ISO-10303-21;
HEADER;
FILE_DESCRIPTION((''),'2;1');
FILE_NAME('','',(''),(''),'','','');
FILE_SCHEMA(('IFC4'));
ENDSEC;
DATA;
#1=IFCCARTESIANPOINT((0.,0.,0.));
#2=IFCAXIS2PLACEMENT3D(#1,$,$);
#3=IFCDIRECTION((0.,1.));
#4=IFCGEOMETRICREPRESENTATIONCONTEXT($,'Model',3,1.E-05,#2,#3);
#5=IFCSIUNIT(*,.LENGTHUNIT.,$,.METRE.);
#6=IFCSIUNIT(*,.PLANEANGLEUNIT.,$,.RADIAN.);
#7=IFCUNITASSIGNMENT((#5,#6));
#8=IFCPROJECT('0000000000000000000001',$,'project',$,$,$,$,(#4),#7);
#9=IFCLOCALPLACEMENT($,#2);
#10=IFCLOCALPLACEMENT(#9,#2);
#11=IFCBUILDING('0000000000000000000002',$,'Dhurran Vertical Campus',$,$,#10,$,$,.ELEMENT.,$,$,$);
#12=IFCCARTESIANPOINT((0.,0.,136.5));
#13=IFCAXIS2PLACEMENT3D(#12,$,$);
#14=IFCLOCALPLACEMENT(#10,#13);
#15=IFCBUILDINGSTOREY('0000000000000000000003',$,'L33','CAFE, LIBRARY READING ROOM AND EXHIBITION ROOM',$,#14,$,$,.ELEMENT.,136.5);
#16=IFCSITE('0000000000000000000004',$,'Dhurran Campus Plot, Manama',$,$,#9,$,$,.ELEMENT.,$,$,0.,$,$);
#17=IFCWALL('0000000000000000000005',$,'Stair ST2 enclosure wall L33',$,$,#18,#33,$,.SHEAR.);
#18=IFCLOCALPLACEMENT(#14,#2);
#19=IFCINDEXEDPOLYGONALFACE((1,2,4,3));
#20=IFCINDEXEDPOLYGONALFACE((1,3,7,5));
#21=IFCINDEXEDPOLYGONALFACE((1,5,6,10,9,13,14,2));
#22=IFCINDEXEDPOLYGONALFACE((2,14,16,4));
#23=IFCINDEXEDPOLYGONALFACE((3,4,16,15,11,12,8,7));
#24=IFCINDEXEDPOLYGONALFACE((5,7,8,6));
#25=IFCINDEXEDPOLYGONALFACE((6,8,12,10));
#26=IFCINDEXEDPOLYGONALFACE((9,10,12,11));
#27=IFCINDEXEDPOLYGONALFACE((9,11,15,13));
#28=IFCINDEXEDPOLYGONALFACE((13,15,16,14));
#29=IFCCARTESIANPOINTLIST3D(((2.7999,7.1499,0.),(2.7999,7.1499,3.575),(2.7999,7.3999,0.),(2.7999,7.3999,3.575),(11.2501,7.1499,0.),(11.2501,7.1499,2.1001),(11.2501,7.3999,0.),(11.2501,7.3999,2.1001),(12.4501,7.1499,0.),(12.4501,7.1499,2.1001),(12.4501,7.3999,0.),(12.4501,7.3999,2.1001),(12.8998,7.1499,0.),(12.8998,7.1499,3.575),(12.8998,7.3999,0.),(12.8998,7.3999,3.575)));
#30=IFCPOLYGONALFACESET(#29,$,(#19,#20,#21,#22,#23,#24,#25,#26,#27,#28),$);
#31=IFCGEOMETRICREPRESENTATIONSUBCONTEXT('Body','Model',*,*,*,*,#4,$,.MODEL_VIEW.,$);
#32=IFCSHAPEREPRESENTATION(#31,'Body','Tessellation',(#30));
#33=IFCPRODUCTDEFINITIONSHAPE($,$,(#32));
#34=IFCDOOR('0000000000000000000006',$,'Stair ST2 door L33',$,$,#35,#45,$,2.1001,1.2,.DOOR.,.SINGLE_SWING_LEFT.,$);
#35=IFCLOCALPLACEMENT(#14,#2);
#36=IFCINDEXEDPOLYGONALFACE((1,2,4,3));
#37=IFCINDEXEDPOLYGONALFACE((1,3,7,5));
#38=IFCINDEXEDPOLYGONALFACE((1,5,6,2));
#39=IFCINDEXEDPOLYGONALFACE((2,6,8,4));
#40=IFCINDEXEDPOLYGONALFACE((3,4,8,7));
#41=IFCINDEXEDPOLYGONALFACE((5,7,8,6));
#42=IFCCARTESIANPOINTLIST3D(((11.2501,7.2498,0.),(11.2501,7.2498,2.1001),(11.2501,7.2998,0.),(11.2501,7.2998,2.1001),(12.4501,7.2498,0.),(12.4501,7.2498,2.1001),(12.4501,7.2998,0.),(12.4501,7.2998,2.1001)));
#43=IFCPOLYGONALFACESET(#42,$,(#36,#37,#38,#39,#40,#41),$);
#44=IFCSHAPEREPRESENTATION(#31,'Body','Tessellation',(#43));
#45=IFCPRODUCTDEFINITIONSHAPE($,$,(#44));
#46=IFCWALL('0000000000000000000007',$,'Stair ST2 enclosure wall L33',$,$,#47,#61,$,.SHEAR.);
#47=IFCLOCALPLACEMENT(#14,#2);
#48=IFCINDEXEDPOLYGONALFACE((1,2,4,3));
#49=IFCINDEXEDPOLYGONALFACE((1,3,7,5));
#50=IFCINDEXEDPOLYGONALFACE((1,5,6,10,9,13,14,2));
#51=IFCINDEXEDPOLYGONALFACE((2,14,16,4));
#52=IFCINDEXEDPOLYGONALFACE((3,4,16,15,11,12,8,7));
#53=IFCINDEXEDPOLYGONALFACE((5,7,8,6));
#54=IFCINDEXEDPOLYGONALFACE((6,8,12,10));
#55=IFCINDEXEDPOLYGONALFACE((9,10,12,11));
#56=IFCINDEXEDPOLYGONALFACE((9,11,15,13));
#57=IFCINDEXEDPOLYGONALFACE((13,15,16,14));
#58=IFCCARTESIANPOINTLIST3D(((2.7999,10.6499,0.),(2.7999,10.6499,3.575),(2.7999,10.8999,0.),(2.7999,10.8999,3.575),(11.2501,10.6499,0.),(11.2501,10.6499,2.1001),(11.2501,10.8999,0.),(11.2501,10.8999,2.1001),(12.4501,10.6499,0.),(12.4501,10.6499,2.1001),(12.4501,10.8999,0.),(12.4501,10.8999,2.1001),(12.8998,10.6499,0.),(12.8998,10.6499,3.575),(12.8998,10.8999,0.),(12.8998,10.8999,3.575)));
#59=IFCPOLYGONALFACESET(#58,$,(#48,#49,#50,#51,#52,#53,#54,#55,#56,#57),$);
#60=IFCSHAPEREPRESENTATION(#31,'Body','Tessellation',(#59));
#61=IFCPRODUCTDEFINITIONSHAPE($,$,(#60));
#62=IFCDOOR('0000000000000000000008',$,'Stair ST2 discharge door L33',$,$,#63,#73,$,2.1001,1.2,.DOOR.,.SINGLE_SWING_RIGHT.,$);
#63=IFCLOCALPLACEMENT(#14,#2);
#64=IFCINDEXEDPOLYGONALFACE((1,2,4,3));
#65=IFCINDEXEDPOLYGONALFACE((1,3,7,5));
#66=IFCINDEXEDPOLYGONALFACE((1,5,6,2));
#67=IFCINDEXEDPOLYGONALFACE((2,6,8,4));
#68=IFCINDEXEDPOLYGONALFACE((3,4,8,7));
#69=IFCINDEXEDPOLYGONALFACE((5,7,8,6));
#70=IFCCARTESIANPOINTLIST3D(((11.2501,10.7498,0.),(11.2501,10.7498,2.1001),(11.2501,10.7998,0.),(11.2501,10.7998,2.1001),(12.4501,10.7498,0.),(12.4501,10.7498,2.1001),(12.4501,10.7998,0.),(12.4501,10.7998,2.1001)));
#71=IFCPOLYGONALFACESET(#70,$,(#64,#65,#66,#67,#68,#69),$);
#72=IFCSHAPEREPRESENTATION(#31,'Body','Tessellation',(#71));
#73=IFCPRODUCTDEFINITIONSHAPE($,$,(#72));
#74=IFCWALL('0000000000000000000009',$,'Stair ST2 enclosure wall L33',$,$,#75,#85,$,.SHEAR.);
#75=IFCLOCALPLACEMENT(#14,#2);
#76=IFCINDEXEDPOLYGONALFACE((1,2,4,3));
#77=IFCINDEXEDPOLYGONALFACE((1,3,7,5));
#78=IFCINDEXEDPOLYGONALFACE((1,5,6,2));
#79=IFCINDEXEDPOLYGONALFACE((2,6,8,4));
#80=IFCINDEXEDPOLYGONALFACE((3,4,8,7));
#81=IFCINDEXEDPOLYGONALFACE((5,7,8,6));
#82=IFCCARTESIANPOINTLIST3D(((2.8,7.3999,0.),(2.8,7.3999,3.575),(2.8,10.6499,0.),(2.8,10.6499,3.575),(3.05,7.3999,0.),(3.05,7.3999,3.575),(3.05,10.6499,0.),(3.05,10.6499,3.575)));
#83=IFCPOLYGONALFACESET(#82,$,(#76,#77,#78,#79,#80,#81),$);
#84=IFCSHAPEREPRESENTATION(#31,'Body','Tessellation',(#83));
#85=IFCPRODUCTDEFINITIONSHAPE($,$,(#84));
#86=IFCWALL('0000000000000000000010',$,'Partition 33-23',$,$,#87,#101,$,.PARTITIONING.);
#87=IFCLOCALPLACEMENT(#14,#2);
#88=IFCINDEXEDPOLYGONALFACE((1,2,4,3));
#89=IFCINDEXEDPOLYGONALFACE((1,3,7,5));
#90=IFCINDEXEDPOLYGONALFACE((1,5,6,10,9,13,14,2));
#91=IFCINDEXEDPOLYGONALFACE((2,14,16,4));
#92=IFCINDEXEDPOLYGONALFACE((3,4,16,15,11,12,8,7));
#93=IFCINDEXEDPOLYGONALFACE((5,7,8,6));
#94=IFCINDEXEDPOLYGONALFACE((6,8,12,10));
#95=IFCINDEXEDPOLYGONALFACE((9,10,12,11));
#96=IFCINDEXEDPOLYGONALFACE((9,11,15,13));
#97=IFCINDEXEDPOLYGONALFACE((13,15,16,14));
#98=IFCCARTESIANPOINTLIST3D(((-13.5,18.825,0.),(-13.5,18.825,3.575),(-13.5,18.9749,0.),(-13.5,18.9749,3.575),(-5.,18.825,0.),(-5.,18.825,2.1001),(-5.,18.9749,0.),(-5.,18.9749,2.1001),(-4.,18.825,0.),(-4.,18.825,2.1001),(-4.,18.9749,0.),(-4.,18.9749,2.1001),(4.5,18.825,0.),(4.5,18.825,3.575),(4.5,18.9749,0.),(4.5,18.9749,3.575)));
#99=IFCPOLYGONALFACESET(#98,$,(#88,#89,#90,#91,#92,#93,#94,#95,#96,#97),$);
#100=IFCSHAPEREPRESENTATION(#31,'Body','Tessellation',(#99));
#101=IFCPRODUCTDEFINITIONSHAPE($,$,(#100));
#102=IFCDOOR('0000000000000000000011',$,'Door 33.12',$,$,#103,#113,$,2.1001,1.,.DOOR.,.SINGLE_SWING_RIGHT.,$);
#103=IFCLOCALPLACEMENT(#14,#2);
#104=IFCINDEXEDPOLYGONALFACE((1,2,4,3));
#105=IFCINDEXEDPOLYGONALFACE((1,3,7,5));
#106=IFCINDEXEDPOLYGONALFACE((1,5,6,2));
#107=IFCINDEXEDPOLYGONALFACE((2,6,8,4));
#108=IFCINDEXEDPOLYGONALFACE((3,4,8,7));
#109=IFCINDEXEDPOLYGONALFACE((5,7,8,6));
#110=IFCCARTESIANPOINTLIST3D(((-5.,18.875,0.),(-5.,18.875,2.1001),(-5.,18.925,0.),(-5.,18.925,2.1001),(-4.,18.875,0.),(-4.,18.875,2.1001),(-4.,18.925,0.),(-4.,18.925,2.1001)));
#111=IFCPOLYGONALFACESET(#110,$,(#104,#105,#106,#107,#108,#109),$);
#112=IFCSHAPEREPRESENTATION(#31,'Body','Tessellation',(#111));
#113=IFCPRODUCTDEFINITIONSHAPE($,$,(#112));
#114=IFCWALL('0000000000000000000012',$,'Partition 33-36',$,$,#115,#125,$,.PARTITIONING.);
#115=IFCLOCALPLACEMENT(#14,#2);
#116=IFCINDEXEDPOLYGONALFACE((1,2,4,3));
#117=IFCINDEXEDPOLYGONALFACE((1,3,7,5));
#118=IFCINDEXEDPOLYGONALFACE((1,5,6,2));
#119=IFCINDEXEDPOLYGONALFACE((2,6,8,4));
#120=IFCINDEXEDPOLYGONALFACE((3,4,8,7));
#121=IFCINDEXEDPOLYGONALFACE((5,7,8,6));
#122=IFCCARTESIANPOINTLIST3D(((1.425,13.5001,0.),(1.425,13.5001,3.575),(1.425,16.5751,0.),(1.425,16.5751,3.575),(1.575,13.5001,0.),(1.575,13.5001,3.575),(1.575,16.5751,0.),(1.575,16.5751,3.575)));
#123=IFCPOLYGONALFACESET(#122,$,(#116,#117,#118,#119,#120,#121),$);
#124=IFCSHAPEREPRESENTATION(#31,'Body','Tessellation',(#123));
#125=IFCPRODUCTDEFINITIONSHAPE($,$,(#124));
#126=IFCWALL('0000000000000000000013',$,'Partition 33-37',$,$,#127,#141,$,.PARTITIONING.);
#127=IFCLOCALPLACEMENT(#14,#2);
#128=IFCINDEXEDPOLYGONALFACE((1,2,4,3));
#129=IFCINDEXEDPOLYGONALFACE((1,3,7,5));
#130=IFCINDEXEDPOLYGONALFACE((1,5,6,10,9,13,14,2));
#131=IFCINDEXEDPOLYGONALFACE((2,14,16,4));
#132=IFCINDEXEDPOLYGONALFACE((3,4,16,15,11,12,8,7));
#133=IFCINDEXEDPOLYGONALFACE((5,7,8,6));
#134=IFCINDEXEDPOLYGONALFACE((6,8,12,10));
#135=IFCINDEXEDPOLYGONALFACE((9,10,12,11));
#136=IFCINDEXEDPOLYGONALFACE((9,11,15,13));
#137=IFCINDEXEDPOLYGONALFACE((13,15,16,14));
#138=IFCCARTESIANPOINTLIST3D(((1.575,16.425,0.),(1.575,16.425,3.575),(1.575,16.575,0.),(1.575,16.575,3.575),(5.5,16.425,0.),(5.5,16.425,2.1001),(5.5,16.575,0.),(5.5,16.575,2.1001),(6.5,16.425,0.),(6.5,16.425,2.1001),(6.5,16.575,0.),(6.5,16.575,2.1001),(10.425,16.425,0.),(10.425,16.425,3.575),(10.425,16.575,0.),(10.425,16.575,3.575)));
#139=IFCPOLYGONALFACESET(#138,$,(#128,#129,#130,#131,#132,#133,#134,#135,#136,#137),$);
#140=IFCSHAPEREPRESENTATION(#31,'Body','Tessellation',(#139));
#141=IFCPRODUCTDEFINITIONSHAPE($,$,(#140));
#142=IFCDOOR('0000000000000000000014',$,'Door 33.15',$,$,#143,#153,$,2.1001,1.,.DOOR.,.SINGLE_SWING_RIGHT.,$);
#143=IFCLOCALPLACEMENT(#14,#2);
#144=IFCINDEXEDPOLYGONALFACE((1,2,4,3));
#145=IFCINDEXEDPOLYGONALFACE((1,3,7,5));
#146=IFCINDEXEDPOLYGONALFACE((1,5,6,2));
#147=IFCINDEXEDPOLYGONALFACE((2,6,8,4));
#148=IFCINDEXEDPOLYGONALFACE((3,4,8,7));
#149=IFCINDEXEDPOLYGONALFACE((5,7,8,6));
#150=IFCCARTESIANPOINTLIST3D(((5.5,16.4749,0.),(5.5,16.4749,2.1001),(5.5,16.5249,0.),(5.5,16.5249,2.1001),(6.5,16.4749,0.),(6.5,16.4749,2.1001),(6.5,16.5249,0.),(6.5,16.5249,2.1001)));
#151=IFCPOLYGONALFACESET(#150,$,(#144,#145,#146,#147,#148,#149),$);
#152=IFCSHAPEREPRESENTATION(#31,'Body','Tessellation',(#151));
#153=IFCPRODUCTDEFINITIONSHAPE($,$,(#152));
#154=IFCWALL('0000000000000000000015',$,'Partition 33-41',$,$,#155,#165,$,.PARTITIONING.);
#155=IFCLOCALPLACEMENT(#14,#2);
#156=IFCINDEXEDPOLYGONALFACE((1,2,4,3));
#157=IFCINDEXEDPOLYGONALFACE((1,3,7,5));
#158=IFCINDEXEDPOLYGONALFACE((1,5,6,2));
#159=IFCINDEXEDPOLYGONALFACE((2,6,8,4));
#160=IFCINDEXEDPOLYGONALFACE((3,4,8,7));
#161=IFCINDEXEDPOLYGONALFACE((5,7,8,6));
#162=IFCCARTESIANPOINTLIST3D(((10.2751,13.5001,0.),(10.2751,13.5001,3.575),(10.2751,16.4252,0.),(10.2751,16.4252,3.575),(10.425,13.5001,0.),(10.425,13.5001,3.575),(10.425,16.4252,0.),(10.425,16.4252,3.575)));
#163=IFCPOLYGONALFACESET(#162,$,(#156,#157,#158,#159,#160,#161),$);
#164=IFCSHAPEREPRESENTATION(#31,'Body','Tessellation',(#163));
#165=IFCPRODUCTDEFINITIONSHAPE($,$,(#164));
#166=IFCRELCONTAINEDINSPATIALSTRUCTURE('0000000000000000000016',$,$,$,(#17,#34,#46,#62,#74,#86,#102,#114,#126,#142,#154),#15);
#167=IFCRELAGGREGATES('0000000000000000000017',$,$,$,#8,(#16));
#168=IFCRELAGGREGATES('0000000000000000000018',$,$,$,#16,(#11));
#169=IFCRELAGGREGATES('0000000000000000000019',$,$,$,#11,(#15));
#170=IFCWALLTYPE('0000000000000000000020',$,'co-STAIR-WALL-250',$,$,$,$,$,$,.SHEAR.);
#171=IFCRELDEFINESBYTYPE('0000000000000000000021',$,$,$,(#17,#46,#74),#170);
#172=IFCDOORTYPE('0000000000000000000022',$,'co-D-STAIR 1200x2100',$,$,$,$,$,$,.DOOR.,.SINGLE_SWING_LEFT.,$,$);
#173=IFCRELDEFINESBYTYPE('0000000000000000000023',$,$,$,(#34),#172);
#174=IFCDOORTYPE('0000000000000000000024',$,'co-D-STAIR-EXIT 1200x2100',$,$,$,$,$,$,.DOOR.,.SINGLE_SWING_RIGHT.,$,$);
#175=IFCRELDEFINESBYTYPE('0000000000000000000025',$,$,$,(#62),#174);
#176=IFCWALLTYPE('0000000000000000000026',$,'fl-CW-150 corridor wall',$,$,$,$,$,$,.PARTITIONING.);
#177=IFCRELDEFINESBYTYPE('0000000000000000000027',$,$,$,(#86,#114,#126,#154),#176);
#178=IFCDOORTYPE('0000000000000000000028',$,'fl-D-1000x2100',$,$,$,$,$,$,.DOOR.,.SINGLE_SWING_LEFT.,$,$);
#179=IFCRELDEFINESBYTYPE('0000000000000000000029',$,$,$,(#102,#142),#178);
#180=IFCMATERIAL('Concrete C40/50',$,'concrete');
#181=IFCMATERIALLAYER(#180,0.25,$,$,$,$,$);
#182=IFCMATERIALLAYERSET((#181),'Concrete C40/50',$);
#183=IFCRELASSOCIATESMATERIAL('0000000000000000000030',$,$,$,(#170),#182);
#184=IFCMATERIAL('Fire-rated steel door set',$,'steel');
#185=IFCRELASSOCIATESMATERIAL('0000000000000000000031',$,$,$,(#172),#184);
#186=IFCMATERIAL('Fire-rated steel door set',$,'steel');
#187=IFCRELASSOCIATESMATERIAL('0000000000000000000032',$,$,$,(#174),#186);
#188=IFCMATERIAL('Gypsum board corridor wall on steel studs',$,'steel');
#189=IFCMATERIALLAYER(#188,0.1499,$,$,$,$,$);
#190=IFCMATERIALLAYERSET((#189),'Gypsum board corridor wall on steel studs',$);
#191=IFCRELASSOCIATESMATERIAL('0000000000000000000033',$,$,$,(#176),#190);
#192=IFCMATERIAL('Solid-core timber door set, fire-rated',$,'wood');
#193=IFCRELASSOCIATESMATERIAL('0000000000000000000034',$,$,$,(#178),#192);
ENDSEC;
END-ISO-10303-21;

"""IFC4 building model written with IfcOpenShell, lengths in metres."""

from ifc_helpers import new_model, si_unit, direction, frame, frame_2d, origin, place, context, subcontext, project, spatial, rectangle, extrude, material, layer, layer_set, type_object, element, fill, save


model = new_model("IFC4")

# Units and contexts
model_context = context("Model", 3, precision=1e-05, world=origin(), true_north=direction((0.0, 1.0)))
body_context = subcontext(model_context, "Body", "Model", "MODEL_VIEW")
ifc_project = project(units=[si_unit("LENGTHUNIT", "METRE"), si_unit("PLANEANGLEUNIT", "RADIAN")], contexts=[model_context])

# Site, building, storey
site_placement = place(None, origin())
site = spatial("IfcSite", under=ifc_project, at=site_placement, Name="Dhurran Campus Plot, Manama", CompositionType="ELEMENT", RefElevation=0.0)
building_placement = place(site_placement, origin())
building = spatial("IfcBuilding", under=site, at=building_placement, Name="Dhurran Vertical Campus", CompositionType="ELEMENT")
storey_placement = place(building_placement, frame((0.0, 0.0, 136.5)))
storey = spatial("IfcBuildingStorey", under=building, at=storey_placement, Name="L33", Description="CAFE, LIBRARY READING ROOM AND EXHIBITION ROOM", CompositionType="ELEMENT", Elevation=136.5)

# Walls, openings, doors
ifc_material_1 = material(Name="Concrete C40/50", Category="concrete")
ifc_layer_1 = layer(ifc_material_1, 0.25)
ifc_layer_set_1 = layer_set([ifc_layer_1], Name="Concrete C40/50")
wall_type_1 = type_object("IfcWallType", Name="co-STAIR-WALL-250", PredefinedType="SHEAR", material=ifc_layer_set_1)
wall_1_placement = place(storey_placement, frame((2.8, 7.2749, 0.0), z_axis=(0.0, 0.0, 1.0), x_axis=(1.0, 0.0, 0.0)))
wall_1 = element("IfcWall", 1, at=wall_1_placement, inside=storey, type_object=wall_type_1, Name="Stair ST2 enclosure wall L33", PredefinedType="SHEAR", context=body_context, shape_type="SweptSolid", body=[
    extrude(rectangle(XDim=10.0999, YDim=0.25, at=frame_2d((5.0498, 0.0))), origin(), (0.0, 0.0, 1.0), 3.575),
])
opening_1_placement = place(wall_1_placement, frame((8.45, 0.0, 0.0)))
opening_1 = element("IfcOpeningElement", 2, at=opening_1_placement, cuts=wall_1, PredefinedType="OPENING", context=body_context, shape_type="SweptSolid", body=[
    extrude(rectangle(XDim=1.2, YDim=2.1001, at=frame_2d((0.6001, 1.05))), frame((0.0, 0.135, 0.0), z_axis=(0.0, -1.0, 0.0), x_axis=(1.0, 0.0, 0.0)), (0.0, 0.0, 1.0), 0.27),
])
ifc_material_2 = material(Name="Fire-rated steel door set", Category="steel")
door_type_1 = type_object("IfcDoorType", Name="co-D-STAIR 1200x2100", OperationType="SINGLE_SWING_LEFT", PredefinedType="DOOR", material=ifc_material_2)
door_1_placement = place(opening_1_placement, origin())
door_1 = element("IfcDoor", 3, at=door_1_placement, inside=storey, type_object=door_type_1, Name="Stair ST2 door L33", OperationType="SINGLE_SWING_LEFT", OverallHeight=2.1001, OverallWidth=1.2, PredefinedType="DOOR", context=body_context, shape_type="SweptSolid", body=[
    extrude(rectangle(XDim=1.2, YDim=2.1001, at=frame_2d((0.6001, 1.05))), frame((0.0, 0.0249, 0.0), z_axis=(0.0, -1.0, 0.0), x_axis=(1.0, 0.0, 0.0)), (0.0, 0.0, 1.0), 0.05),
])
fill(opening_1, door_1)
wall_2_placement = place(storey_placement, frame((2.8, 10.7749, 0.0), z_axis=(0.0, 0.0, 1.0), x_axis=(1.0, 0.0, 0.0)))
wall_2 = element("IfcWall", 4, at=wall_2_placement, inside=storey, type_object=wall_type_1, Name="Stair ST2 enclosure wall L33", PredefinedType="SHEAR", context=body_context, shape_type="SweptSolid", body=[
    extrude(rectangle(XDim=10.0999, YDim=0.25, at=frame_2d((5.0498, 0.0))), origin(), (0.0, 0.0, 1.0), 3.575),
])
opening_2_placement = place(wall_2_placement, frame((8.45, 0.0, 0.0)))
opening_2 = element("IfcOpeningElement", 5, at=opening_2_placement, cuts=wall_2, PredefinedType="OPENING", context=body_context, shape_type="SweptSolid", body=[
    extrude(rectangle(XDim=1.2, YDim=2.1001, at=frame_2d((0.6001, 1.05))), frame((0.0, 0.135, 0.0), z_axis=(0.0, -1.0, 0.0), x_axis=(1.0, 0.0, 0.0)), (0.0, 0.0, 1.0), 0.27),
])
ifc_material_3 = material(Name="Fire-rated steel door set", Category="steel")
door_type_2 = type_object("IfcDoorType", Name="co-D-STAIR-EXIT 1200x2100", OperationType="SINGLE_SWING_RIGHT", PredefinedType="DOOR", material=ifc_material_3)
door_2_placement = place(opening_2_placement, origin())
door_2 = element("IfcDoor", 6, at=door_2_placement, inside=storey, type_object=door_type_2, Name="Stair ST2 discharge door L33", OperationType="SINGLE_SWING_RIGHT", OverallHeight=2.1001, OverallWidth=1.2, PredefinedType="DOOR", context=body_context, shape_type="SweptSolid", body=[
    extrude(rectangle(XDim=1.2, YDim=2.1001, at=frame_2d((0.6001, 1.05))), frame((0.0, 0.0249, 0.0), z_axis=(0.0, -1.0, 0.0), x_axis=(1.0, 0.0, 0.0)), (0.0, 0.0, 1.0), 0.05),
])
fill(opening_2, door_2)

# Wall
wall_3_placement = place(storey_placement, frame((2.925, 7.3999, 0.0), z_axis=(0.0, 0.0, 1.0), x_axis=(0.0, 1.0, 0.0)))
element("IfcWall", 7, at=wall_3_placement, inside=storey, type_object=wall_type_1, Name="Stair ST2 enclosure wall L33", PredefinedType="SHEAR", context=body_context, shape_type="SweptSolid", body=[
    extrude(rectangle(XDim=3.25, YDim=0.25, at=frame_2d((1.625, 0.0))), origin(), (0.0, 0.0, 1.0), 3.575),
])

# Wall, opening, door
ifc_material_4 = material(Name="Gypsum board corridor wall on steel studs", Category="steel")
ifc_layer_2 = layer(ifc_material_4, 0.1499)
ifc_layer_set_2 = layer_set([ifc_layer_2], Name="Gypsum board corridor wall on steel studs")
wall_type_2 = type_object("IfcWallType", Name="fl-CW-150 corridor wall", PredefinedType="PARTITIONING", material=ifc_layer_set_2)
wall_4_placement = place(storey_placement, frame((4.5, 18.8999, 0.0), z_axis=(0.0, 0.0, 1.0), x_axis=(-1.0, 0.0, 0.0)))
wall_4 = element("IfcWall", 8, at=wall_4_placement, inside=storey, type_object=wall_type_2, Name="Partition 33-23", PredefinedType="PARTITIONING", context=body_context, shape_type="SweptSolid", body=[
    extrude(rectangle(XDim=18.0, YDim=0.1499, at=frame_2d((9.0, 0.0))), origin(), (0.0, 0.0, 1.0), 3.575),
])
opening_3_placement = place(wall_4_placement, frame((8.5, 0.0, 0.0)))
opening_3 = element("IfcOpeningElement", 9, at=opening_3_placement, cuts=wall_4, PredefinedType="OPENING", context=body_context, shape_type="SweptSolid", body=[
    extrude(rectangle(XDim=1.0, YDim=2.1001, at=frame_2d((0.5, 1.05))), frame((0.0, 0.085, 0.0), z_axis=(0.0, -1.0, 0.0), x_axis=(1.0, 0.0, 0.0)), (0.0, 0.0, 1.0), 0.1699),
])
ifc_material_5 = material(Name="Solid-core timber door set, fire-rated", Category="wood")
door_type_3 = type_object("IfcDoorType", Name="fl-D-1000x2100", OperationType="SINGLE_SWING_LEFT", PredefinedType="DOOR", material=ifc_material_5)
door_3_placement = place(opening_3_placement, origin())
door_3 = element("IfcDoor", 10, at=door_3_placement, inside=storey, type_object=door_type_3, Name="Door 33.12", OperationType="SINGLE_SWING_RIGHT", OverallHeight=2.1001, OverallWidth=1.0, PredefinedType="DOOR", context=body_context, shape_type="SweptSolid", body=[
    extrude(rectangle(XDim=1.0, YDim=2.1001, at=frame_2d((0.5, 1.05))), frame((0.0, 0.0249, 0.0), z_axis=(0.0, -1.0, 0.0), x_axis=(1.0, 0.0, 0.0)), (0.0, 0.0, 1.0), 0.05),
])
fill(opening_3, door_3)

# Wall
wall_5_placement = place(storey_placement, frame((1.5, 13.5, 0.0), z_axis=(0.0, 0.0, 1.0), x_axis=(0.0, 1.0, 0.0)))
element("IfcWall", 11, at=wall_5_placement, inside=storey, type_object=wall_type_2, Name="Partition 33-36", PredefinedType="PARTITIONING", context=body_context, shape_type="SweptSolid", body=[
    extrude(rectangle(XDim=3.075, YDim=0.1499, at=frame_2d((1.5376, 0.0))), origin(), (0.0, 0.0, 1.0), 3.575),
])

# Wall, opening, door
wall_6_placement = place(storey_placement, frame((1.575, 16.5, 0.0), z_axis=(0.0, 0.0, 1.0), x_axis=(1.0, 0.0, 0.0)))
wall_6 = element("IfcWall", 12, at=wall_6_placement, inside=storey, type_object=wall_type_2, Name="Partition 33-37", PredefinedType="PARTITIONING", context=body_context, shape_type="SweptSolid", body=[
    extrude(rectangle(XDim=8.8501, YDim=0.1499, at=frame_2d((4.425, 0.0))), origin(), (0.0, 0.0, 1.0), 3.575),
])
opening_4_placement = place(wall_6_placement, frame((3.925, 0.0, 0.0)))
opening_4 = element("IfcOpeningElement", 13, at=opening_4_placement, cuts=wall_6, PredefinedType="OPENING", context=body_context, shape_type="SweptSolid", body=[
    extrude(rectangle(XDim=1.0, YDim=2.1001, at=frame_2d((0.5, 1.05))), frame((0.0, 0.085, 0.0), z_axis=(0.0, -1.0, 0.0), x_axis=(1.0, 0.0, 0.0)), (0.0, 0.0, 1.0), 0.1699),
])
door_4_placement = place(opening_4_placement, origin())
door_4 = element("IfcDoor", 14, at=door_4_placement, inside=storey, type_object=door_type_3, Name="Door 33.15", OperationType="SINGLE_SWING_RIGHT", OverallHeight=2.1001, OverallWidth=1.0, PredefinedType="DOOR", context=body_context, shape_type="SweptSolid", body=[
    extrude(rectangle(XDim=1.0, YDim=2.1001, at=frame_2d((0.5, 1.05))), frame((0.0, 0.0249, 0.0), z_axis=(0.0, -1.0, 0.0), x_axis=(1.0, 0.0, 0.0)), (0.0, 0.0, 1.0), 0.05),
])
fill(opening_4, door_4)

# Wall
wall_7_placement = place(storey_placement, frame((10.3501, 16.425, 0.0), z_axis=(0.0, 0.0, 1.0), x_axis=(0.0, -1.0, 0.0)))
element("IfcWall", 15, at=wall_7_placement, inside=storey, type_object=wall_type_2, Name="Partition 33-41", PredefinedType="PARTITIONING", context=body_context, shape_type="SweptSolid", body=[
    extrude(rectangle(XDim=2.925, YDim=0.1499, at=frame_2d((1.4624, 0.0))), origin(), (0.0, 0.0, 1.0), 3.575),
])

save(model, "model.ifc")
